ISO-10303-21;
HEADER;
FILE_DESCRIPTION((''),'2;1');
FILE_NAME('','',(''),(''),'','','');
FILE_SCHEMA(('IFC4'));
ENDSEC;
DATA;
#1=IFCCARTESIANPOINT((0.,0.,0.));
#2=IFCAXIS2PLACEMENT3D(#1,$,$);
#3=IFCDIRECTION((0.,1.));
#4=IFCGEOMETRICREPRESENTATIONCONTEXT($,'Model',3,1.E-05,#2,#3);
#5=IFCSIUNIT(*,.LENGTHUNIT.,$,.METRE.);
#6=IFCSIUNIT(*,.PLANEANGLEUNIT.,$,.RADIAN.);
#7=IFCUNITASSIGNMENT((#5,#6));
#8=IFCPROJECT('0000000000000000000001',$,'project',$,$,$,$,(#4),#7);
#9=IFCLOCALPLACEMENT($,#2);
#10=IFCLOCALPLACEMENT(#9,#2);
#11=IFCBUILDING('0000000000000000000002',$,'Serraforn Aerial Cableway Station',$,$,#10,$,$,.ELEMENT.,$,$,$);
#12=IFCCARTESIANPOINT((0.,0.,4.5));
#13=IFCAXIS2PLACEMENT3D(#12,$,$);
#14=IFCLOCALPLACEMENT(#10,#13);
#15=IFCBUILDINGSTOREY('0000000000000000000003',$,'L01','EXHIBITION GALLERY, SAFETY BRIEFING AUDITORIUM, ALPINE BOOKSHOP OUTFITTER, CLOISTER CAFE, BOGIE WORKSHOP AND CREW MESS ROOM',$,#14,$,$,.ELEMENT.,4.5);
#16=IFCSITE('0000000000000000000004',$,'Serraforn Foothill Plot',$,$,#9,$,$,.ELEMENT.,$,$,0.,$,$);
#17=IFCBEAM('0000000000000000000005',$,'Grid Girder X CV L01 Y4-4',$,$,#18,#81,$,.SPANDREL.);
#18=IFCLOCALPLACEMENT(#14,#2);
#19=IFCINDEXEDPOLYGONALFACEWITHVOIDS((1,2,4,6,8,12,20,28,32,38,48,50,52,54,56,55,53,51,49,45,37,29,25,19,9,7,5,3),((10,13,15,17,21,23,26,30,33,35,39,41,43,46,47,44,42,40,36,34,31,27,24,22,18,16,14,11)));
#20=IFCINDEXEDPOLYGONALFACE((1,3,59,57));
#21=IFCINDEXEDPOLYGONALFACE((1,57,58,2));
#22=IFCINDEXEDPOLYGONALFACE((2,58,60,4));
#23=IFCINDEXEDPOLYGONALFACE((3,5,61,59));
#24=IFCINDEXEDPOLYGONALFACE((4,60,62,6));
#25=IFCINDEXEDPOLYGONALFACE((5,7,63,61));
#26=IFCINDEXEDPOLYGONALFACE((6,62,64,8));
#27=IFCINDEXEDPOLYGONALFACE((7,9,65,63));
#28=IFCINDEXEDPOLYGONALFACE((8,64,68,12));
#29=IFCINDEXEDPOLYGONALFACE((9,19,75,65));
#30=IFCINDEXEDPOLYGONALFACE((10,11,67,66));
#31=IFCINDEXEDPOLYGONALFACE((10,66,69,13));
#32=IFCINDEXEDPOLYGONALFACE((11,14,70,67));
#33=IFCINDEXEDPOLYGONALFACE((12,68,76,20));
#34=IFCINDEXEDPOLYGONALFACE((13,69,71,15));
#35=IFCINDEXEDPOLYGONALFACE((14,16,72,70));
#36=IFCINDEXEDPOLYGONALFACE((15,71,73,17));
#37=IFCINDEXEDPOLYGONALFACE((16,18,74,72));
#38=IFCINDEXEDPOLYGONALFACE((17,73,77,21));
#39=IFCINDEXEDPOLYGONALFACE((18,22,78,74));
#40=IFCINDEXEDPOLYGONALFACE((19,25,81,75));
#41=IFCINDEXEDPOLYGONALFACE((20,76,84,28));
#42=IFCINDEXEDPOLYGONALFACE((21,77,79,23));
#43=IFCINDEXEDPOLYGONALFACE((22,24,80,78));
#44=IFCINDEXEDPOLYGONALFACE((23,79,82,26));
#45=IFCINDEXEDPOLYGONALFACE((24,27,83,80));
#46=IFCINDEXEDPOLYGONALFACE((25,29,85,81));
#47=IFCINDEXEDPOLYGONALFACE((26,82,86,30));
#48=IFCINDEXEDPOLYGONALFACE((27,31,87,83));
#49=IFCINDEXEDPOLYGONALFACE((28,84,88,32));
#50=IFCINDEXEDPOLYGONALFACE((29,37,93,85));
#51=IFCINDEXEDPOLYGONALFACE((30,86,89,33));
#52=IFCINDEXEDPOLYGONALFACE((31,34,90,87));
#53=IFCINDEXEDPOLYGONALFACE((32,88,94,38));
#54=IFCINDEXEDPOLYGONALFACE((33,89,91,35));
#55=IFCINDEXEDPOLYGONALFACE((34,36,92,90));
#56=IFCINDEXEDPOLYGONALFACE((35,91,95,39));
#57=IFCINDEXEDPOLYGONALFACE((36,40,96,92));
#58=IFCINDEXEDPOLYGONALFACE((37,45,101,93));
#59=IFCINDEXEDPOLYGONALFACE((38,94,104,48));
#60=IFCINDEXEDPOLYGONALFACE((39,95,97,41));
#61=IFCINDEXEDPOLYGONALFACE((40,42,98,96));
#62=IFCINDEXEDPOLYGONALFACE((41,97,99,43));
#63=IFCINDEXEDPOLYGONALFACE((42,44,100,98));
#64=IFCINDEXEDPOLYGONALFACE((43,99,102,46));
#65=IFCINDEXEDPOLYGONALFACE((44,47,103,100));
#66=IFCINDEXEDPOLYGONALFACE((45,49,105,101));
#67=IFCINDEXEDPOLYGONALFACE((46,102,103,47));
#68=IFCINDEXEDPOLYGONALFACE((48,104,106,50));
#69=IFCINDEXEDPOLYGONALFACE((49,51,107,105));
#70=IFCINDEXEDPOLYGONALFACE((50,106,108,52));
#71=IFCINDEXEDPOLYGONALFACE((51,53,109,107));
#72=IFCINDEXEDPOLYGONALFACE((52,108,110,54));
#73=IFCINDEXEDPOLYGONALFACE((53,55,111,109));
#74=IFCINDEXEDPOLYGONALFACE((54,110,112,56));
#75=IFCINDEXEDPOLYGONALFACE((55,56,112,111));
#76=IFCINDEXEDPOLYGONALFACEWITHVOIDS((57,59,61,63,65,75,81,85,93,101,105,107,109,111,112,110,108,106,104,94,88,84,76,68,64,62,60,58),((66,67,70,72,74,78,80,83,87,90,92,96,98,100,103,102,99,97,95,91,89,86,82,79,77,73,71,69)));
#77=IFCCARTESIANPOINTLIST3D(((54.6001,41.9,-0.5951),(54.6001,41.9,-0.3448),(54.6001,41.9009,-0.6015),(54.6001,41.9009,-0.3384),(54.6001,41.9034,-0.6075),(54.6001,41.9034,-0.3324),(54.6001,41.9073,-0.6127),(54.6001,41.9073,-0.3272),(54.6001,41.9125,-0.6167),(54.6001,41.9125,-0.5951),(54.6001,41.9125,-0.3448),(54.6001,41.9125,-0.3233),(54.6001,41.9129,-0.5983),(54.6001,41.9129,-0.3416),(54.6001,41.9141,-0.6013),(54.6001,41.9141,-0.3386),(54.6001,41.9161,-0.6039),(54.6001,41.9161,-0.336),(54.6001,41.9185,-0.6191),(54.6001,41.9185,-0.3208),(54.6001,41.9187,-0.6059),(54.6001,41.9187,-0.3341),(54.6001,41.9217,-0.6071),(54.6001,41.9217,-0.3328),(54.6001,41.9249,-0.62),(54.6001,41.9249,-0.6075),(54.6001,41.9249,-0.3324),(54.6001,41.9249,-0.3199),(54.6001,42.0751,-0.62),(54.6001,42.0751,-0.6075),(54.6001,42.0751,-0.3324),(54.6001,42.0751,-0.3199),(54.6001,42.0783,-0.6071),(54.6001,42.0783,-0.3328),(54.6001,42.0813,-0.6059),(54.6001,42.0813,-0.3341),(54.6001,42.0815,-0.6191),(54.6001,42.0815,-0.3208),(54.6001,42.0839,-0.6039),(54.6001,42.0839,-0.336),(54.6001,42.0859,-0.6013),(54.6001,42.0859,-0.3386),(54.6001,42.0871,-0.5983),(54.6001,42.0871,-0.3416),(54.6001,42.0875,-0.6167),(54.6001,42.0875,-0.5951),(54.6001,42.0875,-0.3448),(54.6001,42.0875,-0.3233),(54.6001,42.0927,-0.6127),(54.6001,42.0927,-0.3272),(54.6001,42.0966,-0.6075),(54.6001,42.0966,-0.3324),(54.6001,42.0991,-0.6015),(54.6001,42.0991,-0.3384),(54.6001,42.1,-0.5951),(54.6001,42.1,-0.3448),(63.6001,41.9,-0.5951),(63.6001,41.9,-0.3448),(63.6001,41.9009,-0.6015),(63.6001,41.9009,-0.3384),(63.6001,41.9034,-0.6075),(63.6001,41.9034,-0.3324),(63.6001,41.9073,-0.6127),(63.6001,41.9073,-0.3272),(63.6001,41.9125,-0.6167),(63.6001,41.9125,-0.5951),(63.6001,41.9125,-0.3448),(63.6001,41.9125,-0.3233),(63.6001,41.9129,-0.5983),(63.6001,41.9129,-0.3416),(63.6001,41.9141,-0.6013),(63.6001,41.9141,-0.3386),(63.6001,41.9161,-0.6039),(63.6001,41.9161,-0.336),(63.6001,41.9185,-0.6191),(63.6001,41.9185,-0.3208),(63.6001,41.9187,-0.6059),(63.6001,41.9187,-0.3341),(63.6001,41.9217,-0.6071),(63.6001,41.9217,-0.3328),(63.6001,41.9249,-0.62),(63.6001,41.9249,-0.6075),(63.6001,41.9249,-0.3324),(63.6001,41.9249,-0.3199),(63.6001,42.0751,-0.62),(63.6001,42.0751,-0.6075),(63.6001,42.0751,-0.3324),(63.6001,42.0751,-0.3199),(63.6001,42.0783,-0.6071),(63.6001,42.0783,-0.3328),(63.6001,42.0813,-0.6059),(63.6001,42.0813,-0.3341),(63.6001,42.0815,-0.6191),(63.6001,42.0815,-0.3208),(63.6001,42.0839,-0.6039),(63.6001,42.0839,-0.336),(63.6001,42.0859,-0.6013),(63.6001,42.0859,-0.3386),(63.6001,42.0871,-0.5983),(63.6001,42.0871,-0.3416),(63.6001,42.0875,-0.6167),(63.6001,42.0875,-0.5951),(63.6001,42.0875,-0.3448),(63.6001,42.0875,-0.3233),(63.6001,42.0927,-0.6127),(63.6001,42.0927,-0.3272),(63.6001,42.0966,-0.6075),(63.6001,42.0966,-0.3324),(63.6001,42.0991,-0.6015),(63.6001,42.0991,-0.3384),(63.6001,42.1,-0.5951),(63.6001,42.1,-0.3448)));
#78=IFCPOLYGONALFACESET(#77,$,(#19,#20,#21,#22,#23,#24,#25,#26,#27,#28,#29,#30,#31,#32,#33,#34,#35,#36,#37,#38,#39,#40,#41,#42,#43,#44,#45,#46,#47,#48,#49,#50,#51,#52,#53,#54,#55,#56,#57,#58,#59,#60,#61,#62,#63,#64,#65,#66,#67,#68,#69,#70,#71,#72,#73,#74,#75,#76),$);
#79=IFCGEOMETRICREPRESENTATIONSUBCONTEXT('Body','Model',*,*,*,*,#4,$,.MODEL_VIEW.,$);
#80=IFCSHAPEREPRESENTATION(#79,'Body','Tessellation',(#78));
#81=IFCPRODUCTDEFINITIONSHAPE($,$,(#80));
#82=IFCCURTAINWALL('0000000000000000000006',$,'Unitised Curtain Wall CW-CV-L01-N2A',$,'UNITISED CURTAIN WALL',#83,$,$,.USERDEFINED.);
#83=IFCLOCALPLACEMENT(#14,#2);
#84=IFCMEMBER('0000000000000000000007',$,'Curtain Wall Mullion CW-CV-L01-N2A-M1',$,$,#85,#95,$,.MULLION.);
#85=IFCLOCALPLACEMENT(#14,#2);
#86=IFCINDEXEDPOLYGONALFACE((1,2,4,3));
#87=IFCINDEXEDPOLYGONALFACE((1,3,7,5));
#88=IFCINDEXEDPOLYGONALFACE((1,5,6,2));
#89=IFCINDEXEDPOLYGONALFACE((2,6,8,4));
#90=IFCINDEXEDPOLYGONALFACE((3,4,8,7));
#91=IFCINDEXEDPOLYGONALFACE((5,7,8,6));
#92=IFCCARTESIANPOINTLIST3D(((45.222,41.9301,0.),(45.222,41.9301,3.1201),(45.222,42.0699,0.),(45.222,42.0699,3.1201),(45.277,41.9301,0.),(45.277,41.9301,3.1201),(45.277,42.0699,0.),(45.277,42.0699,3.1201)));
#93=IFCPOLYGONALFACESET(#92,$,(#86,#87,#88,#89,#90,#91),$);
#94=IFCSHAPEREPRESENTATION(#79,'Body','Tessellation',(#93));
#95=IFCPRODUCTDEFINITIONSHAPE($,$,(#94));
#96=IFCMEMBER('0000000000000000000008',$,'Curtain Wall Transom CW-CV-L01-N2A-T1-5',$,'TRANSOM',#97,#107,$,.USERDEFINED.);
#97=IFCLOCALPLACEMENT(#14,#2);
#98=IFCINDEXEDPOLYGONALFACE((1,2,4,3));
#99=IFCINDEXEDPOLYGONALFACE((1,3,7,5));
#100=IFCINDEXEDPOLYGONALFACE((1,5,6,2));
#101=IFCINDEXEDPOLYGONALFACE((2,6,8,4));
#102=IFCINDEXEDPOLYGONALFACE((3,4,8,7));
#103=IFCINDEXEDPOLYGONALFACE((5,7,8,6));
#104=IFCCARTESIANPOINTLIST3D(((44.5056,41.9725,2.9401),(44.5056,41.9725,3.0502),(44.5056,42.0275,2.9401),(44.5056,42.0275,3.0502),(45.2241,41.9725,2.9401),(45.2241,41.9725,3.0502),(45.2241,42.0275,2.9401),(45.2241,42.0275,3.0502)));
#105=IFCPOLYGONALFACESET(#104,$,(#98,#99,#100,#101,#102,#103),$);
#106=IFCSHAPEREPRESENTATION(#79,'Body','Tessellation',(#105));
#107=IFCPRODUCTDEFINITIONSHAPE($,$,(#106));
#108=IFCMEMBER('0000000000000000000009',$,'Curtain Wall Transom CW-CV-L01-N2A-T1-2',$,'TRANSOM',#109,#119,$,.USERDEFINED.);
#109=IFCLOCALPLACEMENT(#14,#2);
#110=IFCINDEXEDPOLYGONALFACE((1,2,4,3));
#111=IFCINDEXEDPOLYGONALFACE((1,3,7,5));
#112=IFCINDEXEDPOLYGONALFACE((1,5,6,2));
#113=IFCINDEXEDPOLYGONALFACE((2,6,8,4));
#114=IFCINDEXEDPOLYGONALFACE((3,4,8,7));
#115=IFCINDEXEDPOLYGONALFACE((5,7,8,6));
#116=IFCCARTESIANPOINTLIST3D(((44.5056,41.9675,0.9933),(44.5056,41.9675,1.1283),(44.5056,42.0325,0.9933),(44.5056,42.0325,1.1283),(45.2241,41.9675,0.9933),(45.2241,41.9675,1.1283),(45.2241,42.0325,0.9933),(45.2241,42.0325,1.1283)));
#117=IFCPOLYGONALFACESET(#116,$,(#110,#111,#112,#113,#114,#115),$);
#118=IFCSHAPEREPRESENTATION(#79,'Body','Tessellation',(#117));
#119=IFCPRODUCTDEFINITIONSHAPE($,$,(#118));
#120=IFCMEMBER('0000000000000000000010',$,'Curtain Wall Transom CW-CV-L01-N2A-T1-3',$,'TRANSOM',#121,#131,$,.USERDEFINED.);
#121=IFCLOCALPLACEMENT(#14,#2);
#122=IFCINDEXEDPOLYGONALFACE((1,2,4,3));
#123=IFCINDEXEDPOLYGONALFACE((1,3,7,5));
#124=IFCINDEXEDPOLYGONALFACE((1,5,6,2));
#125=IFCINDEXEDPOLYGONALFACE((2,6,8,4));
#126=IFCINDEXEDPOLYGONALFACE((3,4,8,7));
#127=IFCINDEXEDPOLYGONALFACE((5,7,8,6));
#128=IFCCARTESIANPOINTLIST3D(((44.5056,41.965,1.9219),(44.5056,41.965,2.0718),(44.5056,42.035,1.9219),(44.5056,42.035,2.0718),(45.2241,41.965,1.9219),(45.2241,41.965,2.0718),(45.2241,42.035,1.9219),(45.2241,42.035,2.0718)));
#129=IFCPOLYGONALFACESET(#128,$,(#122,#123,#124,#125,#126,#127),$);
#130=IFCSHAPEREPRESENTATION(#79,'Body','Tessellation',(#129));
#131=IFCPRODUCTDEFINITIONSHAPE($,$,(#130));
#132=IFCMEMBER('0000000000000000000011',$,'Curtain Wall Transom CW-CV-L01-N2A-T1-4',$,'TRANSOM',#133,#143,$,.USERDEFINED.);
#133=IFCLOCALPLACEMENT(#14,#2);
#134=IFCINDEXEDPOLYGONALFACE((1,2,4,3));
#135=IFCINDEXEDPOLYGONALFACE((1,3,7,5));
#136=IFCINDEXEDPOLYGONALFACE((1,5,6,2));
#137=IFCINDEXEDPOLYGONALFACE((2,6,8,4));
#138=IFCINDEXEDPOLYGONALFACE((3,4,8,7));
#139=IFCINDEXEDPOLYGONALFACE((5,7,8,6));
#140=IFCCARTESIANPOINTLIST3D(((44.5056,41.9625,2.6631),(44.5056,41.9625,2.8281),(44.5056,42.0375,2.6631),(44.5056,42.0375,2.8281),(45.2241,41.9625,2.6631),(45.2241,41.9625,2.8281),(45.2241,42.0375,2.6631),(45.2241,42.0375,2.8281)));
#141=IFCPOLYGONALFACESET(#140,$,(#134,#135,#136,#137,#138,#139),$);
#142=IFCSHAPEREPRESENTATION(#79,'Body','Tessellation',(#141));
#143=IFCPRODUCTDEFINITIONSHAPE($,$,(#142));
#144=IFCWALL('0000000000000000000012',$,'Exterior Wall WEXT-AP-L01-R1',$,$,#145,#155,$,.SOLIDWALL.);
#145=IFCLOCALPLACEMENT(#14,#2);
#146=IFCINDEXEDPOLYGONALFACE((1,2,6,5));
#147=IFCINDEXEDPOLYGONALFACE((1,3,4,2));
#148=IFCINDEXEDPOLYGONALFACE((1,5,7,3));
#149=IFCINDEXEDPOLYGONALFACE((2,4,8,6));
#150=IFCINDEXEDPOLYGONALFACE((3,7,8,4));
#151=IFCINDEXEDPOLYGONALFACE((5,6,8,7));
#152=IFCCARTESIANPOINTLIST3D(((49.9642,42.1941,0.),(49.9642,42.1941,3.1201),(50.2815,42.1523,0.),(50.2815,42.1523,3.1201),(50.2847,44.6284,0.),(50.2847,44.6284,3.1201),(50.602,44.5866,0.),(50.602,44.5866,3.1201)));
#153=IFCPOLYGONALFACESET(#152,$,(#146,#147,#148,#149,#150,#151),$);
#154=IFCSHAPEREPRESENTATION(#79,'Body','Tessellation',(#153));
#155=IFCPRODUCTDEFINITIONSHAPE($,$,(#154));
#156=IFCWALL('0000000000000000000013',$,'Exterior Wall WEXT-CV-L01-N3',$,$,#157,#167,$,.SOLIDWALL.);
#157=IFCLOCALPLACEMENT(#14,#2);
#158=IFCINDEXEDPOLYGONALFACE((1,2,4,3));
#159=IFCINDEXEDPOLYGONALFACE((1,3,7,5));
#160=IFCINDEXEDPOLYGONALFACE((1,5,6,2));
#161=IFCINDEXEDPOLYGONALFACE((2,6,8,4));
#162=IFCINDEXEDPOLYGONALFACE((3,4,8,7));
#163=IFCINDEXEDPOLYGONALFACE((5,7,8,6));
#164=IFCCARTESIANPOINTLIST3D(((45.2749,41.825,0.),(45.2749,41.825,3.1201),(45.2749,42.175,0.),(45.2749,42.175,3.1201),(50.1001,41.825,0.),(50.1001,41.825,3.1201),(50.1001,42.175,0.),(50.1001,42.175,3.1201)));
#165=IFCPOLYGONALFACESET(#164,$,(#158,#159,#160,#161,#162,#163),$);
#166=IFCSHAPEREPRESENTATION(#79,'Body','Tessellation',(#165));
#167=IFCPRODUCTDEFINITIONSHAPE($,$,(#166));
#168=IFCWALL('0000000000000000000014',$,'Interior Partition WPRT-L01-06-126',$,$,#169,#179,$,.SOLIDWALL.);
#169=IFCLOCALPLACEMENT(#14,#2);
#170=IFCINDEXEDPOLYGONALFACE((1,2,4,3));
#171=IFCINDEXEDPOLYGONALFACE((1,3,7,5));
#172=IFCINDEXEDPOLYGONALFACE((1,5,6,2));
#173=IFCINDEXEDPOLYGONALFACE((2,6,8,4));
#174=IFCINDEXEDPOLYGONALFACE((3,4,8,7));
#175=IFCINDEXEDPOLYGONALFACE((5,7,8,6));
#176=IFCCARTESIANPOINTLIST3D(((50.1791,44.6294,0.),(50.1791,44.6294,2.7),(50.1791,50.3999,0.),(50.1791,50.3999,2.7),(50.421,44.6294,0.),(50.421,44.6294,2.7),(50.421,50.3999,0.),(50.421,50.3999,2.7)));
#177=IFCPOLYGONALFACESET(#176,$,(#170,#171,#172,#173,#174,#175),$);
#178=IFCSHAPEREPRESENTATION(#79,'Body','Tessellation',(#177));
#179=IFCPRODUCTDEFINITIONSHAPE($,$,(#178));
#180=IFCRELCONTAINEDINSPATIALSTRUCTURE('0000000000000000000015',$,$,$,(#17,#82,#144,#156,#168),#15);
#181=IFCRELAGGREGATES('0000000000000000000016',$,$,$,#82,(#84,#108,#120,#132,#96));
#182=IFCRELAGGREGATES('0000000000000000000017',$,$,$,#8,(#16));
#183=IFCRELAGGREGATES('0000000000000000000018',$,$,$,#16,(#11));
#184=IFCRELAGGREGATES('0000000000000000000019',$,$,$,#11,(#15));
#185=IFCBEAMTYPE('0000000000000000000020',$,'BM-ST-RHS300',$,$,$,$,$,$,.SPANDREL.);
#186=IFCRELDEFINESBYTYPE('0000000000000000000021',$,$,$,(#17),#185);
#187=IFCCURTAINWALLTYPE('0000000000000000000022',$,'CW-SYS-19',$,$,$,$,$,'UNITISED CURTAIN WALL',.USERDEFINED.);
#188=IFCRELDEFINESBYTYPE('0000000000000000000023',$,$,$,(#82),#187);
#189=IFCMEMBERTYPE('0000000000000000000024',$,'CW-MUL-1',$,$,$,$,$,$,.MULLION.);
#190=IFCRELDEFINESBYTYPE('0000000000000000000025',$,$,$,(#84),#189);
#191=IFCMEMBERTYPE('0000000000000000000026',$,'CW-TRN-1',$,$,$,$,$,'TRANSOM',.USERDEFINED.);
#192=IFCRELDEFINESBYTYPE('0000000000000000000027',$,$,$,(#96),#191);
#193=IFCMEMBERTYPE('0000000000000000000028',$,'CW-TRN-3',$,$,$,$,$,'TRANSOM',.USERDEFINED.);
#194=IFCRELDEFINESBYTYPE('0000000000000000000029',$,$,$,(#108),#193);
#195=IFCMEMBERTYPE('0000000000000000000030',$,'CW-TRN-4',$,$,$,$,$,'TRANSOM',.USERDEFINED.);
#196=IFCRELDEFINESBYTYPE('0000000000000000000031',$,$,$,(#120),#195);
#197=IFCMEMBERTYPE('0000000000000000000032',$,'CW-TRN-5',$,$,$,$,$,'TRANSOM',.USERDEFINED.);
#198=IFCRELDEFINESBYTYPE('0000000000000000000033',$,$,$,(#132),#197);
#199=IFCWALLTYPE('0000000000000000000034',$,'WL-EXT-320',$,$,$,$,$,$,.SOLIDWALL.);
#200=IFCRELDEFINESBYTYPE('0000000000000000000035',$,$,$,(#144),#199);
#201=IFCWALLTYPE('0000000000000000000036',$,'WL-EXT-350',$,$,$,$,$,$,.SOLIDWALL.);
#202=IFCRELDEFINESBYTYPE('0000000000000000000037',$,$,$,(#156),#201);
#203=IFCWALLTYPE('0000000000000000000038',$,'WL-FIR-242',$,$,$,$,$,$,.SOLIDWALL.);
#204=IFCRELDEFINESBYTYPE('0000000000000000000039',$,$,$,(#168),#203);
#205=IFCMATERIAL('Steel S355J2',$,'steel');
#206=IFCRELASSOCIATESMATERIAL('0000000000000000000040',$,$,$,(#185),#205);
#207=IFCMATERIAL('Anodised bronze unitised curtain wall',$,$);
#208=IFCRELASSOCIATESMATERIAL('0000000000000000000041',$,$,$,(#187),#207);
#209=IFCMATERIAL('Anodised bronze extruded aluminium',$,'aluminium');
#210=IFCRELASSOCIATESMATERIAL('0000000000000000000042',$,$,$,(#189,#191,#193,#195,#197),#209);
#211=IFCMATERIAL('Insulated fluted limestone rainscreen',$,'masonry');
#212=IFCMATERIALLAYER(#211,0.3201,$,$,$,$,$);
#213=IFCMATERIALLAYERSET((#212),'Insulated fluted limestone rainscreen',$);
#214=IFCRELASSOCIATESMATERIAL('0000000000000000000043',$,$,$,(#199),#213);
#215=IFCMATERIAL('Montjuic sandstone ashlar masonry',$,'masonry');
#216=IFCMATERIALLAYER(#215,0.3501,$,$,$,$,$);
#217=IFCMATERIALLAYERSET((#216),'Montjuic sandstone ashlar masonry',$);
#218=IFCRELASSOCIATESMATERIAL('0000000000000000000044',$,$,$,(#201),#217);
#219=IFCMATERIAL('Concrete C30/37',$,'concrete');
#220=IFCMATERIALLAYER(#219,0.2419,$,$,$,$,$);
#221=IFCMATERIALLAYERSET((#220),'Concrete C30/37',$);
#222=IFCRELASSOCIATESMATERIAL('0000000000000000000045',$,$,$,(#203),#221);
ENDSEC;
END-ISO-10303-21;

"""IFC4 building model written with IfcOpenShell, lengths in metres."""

from ifc_helpers import new_model, si_unit, direction, frame, frame_2d, origin, origin_2d, place, context, subcontext, project, spatial, rectangle, hollow_rectangle, extrude, material, layer, layer_set, material_profile, profile_set, type_object, element, aggregate, save


model = new_model("IFC4")

# Units and contexts
model_context = context("Model", 3, precision=1e-05, world=origin(), true_north=direction((0.0, 1.0)))
body_context = subcontext(model_context, "Body", "Model", "MODEL_VIEW")
ifc_project = project(units=[si_unit("LENGTHUNIT", "METRE"), si_unit("PLANEANGLEUNIT", "RADIAN")], contexts=[model_context])

# Site, building, storey
site_placement = place(None, origin())
site = spatial("IfcSite", under=ifc_project, at=site_placement, Name="Serraforn Foothill Plot", CompositionType="ELEMENT", RefElevation=0.0)
building_placement = place(site_placement, origin())
building = spatial("IfcBuilding", under=site, at=building_placement, Name="Serraforn Aerial Cableway Station", CompositionType="ELEMENT")
storey_placement = place(building_placement, frame((0.0, 0.0, 4.5)))
storey = spatial("IfcBuildingStorey", under=building, at=storey_placement, Name="L01", Description="EXHIBITION GALLERY, SAFETY BRIEFING AUDITORIUM, ALPINE BOOKSHOP OUTFITTER, CLOISTER CAFE, BOGIE WORKSHOP AND CREW MESS ROOM", CompositionType="ELEMENT", Elevation=4.5)

# Beam
ifc_material_1 = material(Name="Steel S355J2", Category="steel")
ifc_material_profile_1 = material_profile(ifc_material_1, hollow_rectangle(XDim=0.2, YDim=0.3, WallThickness=0.0125, InnerFilletRadius=0.0125, OuterFilletRadius=0.0249, at=origin_2d()), Name="RHS 300x200x12.5")
ifc_profile_set_1 = profile_set([ifc_material_profile_1], Name="Steel S355J2")
beam_type_1 = type_object("IfcBeamType", Name="BM-ST-RHS300", PredefinedType="SPANDREL", material=ifc_profile_set_1)
beam_1_placement = place(storey_placement, frame((54.6001, 42.0, -0.47), z_axis=(1.0, 0.0, 0.0), x_axis=(0.0, 1.0, 0.0)))
element("IfcBeam", 1, at=beam_1_placement, inside=storey, type_object=beam_type_1, Name="Grid Girder X CV L01 Y4-4", PredefinedType="SPANDREL", context=body_context, shape_type="SweptSolid", body=[
    extrude(hollow_rectangle(XDim=0.2, YDim=0.3, WallThickness=0.0125, InnerFilletRadius=0.0125, OuterFilletRadius=0.0249, at=origin_2d()), origin(), (0.0, 0.0, 1.0), 9.0),
])

# Curtain wall, members
ifc_material_2 = material(Name="Anodised bronze unitised curtain wall")
curtain_wall_type = type_object("IfcCurtainWallType", Name="CW-SYS-19", ElementType="UNITISED CURTAIN WALL", PredefinedType="USERDEFINED", material=ifc_material_2)
curtain_wall_placement = place(storey_placement, origin())
curtain_wall = element("IfcCurtainWall", 2, at=curtain_wall_placement, inside=storey, type_object=curtain_wall_type, Name="Unitised Curtain Wall CW-CV-L01-N2A", ObjectType="UNITISED CURTAIN WALL", PredefinedType="USERDEFINED")
ifc_material_3 = material(Name="Anodised bronze extruded aluminium", Category="aluminium")
ifc_material_profile_2 = material_profile(ifc_material_3, rectangle(XDim=0.0549, YDim=0.1399, at=origin_2d()), Name="CW MULLION 55x140")
ifc_profile_set_2 = profile_set([ifc_material_profile_2], Name="Anodised bronze extruded aluminium")
member_type_1 = type_object("IfcMemberType", Name="CW-MUL-1", PredefinedType="MULLION", material=ifc_profile_set_2)
member_1_placement = place(storey_placement, frame((45.2495, 42.0, 0.0), z_axis=(0.0, 0.0, 1.0), x_axis=(-1.0, 0.0, 0.0)))
member_1 = element("IfcMember", 3, at=member_1_placement, type_object=member_type_1, Name="Curtain Wall Mullion CW-CV-L01-N2A-M1", PredefinedType="MULLION", context=body_context, shape_type="SweptSolid", body=[
    extrude(rectangle(XDim=0.0549, YDim=0.1399, at=origin_2d()), origin(), (0.0, 0.0, 1.0), 3.1201),
])
ifc_material_profile_3 = material_profile(ifc_material_3, rectangle(XDim=0.0549, YDim=0.1101, at=origin_2d()), Name="CW TRANSOM 55x110")
ifc_profile_set_3 = profile_set([ifc_material_profile_3], Name="Anodised bronze extruded aluminium")
member_type_2 = type_object("IfcMemberType", Name="CW-TRN-1", ElementType="TRANSOM", PredefinedType="USERDEFINED", material=ifc_profile_set_3)
member_2_placement = place(storey_placement, frame((45.2241, 42.0, 2.9951), z_axis=(-1.0, 0.0, 0.0), x_axis=(0.0, -1.0, 0.0)))
member_2 = element("IfcMember", 4, at=member_2_placement, type_object=member_type_2, Name="Curtain Wall Transom CW-CV-L01-N2A-T1-5", ObjectType="TRANSOM", PredefinedType="USERDEFINED", context=body_context, shape_type="SweptSolid", body=[
    extrude(rectangle(XDim=0.0549, YDim=0.1101, at=origin_2d()), origin(), (0.0, 0.0, 1.0), 0.7185),
])
ifc_material_profile_4 = material_profile(ifc_material_3, rectangle(XDim=0.0649, YDim=0.135, at=origin_2d()), Name="CW TRANSOM 65x135")
ifc_profile_set_4 = profile_set([ifc_material_profile_4], Name="Anodised bronze extruded aluminium")
member_type_3 = type_object("IfcMemberType", Name="CW-TRN-3", ElementType="TRANSOM", PredefinedType="USERDEFINED", material=ifc_profile_set_4)
member_3_placement = place(storey_placement, frame((45.2241, 42.0, 1.0608), z_axis=(-1.0, 0.0, 0.0), x_axis=(0.0, -1.0, 0.0)))
member_3 = element("IfcMember", 5, at=member_3_placement, type_object=member_type_3, Name="Curtain Wall Transom CW-CV-L01-N2A-T1-2", ObjectType="TRANSOM", PredefinedType="USERDEFINED", context=body_context, shape_type="SweptSolid", body=[
    extrude(rectangle(XDim=0.0649, YDim=0.135, at=origin_2d()), origin(), (0.0, 0.0, 1.0), 0.7185),
])
ifc_material_profile_5 = material_profile(ifc_material_3, rectangle(XDim=0.0701, YDim=0.1499, at=origin_2d()), Name="CW TRANSOM 70x150")
ifc_profile_set_5 = profile_set([ifc_material_profile_5], Name="Anodised bronze extruded aluminium")
member_type_4 = type_object("IfcMemberType", Name="CW-TRN-4", ElementType="TRANSOM", PredefinedType="USERDEFINED", material=ifc_profile_set_5)
member_4_placement = place(storey_placement, frame((45.2241, 42.0, 1.9968), z_axis=(-1.0, 0.0, 0.0), x_axis=(0.0, -1.0, 0.0)))
member_4 = element("IfcMember", 6, at=member_4_placement, type_object=member_type_4, Name="Curtain Wall Transom CW-CV-L01-N2A-T1-3", ObjectType="TRANSOM", PredefinedType="USERDEFINED", context=body_context, shape_type="SweptSolid", body=[
    extrude(rectangle(XDim=0.0701, YDim=0.1499, at=origin_2d()), origin(), (0.0, 0.0, 1.0), 0.7185),
])
ifc_material_profile_6 = material_profile(ifc_material_3, rectangle(XDim=0.075, YDim=0.165, at=origin_2d()), Name="CW TRANSOM 75x165")
ifc_profile_set_6 = profile_set([ifc_material_profile_6], Name="Anodised bronze extruded aluminium")
member_type_5 = type_object("IfcMemberType", Name="CW-TRN-5", ElementType="TRANSOM", PredefinedType="USERDEFINED", material=ifc_profile_set_6)
member_5_placement = place(storey_placement, frame((45.2241, 42.0, 2.7456), z_axis=(-1.0, 0.0, 0.0), x_axis=(0.0, -1.0, 0.0)))
member_5 = element("IfcMember", 7, at=member_5_placement, type_object=member_type_5, Name="Curtain Wall Transom CW-CV-L01-N2A-T1-4", ObjectType="TRANSOM", PredefinedType="USERDEFINED", context=body_context, shape_type="SweptSolid", body=[
    extrude(rectangle(XDim=0.075, YDim=0.165, at=origin_2d()), origin(), (0.0, 0.0, 1.0), 0.7185),
])
aggregate(curtain_wall, [member_1, member_3, member_4, member_5, member_2])

# Walls
ifc_material_4 = material(Name="Insulated fluted limestone rainscreen", Category="masonry")
ifc_layer_1 = layer(ifc_material_4, 0.3201)
ifc_layer_set_1 = layer_set([ifc_layer_1], Name="Insulated fluted limestone rainscreen")
wall_type_1 = type_object("IfcWallType", Name="WL-EXT-320", PredefinedType="SOLIDWALL", material=ifc_layer_set_1)
wall_1_placement = place(storey_placement, frame((50.4434, 44.6074, 0.0), z_axis=(0.0, 0.0, 1.0), x_axis=(-0.130555, -0.991441, 0.0)))
element("IfcWall", 8, at=wall_1_placement, inside=storey, type_object=wall_type_1, Name="Exterior Wall WEXT-AP-L01-R1", PredefinedType="SOLIDWALL", context=body_context, shape_type="SweptSolid", body=[
    extrude(rectangle(XDim=2.4553, YDim=0.3201, at=frame_2d((1.2275, 0.0))), origin(), (0.0, 0.0, 1.0), 3.1201),
])
ifc_material_5 = material(Name="Montjuic sandstone ashlar masonry", Category="masonry")
ifc_layer_2 = layer(ifc_material_5, 0.3501)
ifc_layer_set_2 = layer_set([ifc_layer_2], Name="Montjuic sandstone ashlar masonry")
wall_type_2 = type_object("IfcWallType", Name="WL-EXT-350", PredefinedType="SOLIDWALL", material=ifc_layer_set_2)
wall_2_placement = place(storey_placement, frame((50.1001, 42.0, 0.0), z_axis=(0.0, 0.0, 1.0), x_axis=(-1.0, 0.0, 0.0)))
element("IfcWall", 9, at=wall_2_placement, inside=storey, type_object=wall_type_2, Name="Exterior Wall WEXT-CV-L01-N3", PredefinedType="SOLIDWALL", context=body_context, shape_type="SweptSolid", body=[
    extrude(rectangle(XDim=4.8252, YDim=0.3501, at=frame_2d((2.4126, 0.0))), origin(), (0.0, 0.0, 1.0), 3.1201),
])
ifc_material_6 = material(Name="Concrete C30/37", Category="concrete")
ifc_layer_3 = layer(ifc_material_6, 0.2419)
ifc_layer_set_3 = layer_set([ifc_layer_3], Name="Concrete C30/37")
wall_type_3 = type_object("IfcWallType", Name="WL-FIR-242", PredefinedType="SOLIDWALL", material=ifc_layer_set_3)
wall_3_placement = place(storey_placement, frame((50.3, 44.6294, 0.0), z_axis=(0.0, 0.0, 1.0), x_axis=(0.0, 1.0, 0.0)))
element("IfcWall", 10, at=wall_3_placement, inside=storey, type_object=wall_type_3, Name="Interior Partition WPRT-L01-06-126", PredefinedType="SOLIDWALL", context=body_context, shape_type="SweptSolid", body=[
    extrude(rectangle(XDim=5.7705, YDim=0.2419, at=frame_2d((2.8853, 0.0))), origin(), (0.0, 0.0, 1.0), 2.7),
])

save(model, "model.ifc")
